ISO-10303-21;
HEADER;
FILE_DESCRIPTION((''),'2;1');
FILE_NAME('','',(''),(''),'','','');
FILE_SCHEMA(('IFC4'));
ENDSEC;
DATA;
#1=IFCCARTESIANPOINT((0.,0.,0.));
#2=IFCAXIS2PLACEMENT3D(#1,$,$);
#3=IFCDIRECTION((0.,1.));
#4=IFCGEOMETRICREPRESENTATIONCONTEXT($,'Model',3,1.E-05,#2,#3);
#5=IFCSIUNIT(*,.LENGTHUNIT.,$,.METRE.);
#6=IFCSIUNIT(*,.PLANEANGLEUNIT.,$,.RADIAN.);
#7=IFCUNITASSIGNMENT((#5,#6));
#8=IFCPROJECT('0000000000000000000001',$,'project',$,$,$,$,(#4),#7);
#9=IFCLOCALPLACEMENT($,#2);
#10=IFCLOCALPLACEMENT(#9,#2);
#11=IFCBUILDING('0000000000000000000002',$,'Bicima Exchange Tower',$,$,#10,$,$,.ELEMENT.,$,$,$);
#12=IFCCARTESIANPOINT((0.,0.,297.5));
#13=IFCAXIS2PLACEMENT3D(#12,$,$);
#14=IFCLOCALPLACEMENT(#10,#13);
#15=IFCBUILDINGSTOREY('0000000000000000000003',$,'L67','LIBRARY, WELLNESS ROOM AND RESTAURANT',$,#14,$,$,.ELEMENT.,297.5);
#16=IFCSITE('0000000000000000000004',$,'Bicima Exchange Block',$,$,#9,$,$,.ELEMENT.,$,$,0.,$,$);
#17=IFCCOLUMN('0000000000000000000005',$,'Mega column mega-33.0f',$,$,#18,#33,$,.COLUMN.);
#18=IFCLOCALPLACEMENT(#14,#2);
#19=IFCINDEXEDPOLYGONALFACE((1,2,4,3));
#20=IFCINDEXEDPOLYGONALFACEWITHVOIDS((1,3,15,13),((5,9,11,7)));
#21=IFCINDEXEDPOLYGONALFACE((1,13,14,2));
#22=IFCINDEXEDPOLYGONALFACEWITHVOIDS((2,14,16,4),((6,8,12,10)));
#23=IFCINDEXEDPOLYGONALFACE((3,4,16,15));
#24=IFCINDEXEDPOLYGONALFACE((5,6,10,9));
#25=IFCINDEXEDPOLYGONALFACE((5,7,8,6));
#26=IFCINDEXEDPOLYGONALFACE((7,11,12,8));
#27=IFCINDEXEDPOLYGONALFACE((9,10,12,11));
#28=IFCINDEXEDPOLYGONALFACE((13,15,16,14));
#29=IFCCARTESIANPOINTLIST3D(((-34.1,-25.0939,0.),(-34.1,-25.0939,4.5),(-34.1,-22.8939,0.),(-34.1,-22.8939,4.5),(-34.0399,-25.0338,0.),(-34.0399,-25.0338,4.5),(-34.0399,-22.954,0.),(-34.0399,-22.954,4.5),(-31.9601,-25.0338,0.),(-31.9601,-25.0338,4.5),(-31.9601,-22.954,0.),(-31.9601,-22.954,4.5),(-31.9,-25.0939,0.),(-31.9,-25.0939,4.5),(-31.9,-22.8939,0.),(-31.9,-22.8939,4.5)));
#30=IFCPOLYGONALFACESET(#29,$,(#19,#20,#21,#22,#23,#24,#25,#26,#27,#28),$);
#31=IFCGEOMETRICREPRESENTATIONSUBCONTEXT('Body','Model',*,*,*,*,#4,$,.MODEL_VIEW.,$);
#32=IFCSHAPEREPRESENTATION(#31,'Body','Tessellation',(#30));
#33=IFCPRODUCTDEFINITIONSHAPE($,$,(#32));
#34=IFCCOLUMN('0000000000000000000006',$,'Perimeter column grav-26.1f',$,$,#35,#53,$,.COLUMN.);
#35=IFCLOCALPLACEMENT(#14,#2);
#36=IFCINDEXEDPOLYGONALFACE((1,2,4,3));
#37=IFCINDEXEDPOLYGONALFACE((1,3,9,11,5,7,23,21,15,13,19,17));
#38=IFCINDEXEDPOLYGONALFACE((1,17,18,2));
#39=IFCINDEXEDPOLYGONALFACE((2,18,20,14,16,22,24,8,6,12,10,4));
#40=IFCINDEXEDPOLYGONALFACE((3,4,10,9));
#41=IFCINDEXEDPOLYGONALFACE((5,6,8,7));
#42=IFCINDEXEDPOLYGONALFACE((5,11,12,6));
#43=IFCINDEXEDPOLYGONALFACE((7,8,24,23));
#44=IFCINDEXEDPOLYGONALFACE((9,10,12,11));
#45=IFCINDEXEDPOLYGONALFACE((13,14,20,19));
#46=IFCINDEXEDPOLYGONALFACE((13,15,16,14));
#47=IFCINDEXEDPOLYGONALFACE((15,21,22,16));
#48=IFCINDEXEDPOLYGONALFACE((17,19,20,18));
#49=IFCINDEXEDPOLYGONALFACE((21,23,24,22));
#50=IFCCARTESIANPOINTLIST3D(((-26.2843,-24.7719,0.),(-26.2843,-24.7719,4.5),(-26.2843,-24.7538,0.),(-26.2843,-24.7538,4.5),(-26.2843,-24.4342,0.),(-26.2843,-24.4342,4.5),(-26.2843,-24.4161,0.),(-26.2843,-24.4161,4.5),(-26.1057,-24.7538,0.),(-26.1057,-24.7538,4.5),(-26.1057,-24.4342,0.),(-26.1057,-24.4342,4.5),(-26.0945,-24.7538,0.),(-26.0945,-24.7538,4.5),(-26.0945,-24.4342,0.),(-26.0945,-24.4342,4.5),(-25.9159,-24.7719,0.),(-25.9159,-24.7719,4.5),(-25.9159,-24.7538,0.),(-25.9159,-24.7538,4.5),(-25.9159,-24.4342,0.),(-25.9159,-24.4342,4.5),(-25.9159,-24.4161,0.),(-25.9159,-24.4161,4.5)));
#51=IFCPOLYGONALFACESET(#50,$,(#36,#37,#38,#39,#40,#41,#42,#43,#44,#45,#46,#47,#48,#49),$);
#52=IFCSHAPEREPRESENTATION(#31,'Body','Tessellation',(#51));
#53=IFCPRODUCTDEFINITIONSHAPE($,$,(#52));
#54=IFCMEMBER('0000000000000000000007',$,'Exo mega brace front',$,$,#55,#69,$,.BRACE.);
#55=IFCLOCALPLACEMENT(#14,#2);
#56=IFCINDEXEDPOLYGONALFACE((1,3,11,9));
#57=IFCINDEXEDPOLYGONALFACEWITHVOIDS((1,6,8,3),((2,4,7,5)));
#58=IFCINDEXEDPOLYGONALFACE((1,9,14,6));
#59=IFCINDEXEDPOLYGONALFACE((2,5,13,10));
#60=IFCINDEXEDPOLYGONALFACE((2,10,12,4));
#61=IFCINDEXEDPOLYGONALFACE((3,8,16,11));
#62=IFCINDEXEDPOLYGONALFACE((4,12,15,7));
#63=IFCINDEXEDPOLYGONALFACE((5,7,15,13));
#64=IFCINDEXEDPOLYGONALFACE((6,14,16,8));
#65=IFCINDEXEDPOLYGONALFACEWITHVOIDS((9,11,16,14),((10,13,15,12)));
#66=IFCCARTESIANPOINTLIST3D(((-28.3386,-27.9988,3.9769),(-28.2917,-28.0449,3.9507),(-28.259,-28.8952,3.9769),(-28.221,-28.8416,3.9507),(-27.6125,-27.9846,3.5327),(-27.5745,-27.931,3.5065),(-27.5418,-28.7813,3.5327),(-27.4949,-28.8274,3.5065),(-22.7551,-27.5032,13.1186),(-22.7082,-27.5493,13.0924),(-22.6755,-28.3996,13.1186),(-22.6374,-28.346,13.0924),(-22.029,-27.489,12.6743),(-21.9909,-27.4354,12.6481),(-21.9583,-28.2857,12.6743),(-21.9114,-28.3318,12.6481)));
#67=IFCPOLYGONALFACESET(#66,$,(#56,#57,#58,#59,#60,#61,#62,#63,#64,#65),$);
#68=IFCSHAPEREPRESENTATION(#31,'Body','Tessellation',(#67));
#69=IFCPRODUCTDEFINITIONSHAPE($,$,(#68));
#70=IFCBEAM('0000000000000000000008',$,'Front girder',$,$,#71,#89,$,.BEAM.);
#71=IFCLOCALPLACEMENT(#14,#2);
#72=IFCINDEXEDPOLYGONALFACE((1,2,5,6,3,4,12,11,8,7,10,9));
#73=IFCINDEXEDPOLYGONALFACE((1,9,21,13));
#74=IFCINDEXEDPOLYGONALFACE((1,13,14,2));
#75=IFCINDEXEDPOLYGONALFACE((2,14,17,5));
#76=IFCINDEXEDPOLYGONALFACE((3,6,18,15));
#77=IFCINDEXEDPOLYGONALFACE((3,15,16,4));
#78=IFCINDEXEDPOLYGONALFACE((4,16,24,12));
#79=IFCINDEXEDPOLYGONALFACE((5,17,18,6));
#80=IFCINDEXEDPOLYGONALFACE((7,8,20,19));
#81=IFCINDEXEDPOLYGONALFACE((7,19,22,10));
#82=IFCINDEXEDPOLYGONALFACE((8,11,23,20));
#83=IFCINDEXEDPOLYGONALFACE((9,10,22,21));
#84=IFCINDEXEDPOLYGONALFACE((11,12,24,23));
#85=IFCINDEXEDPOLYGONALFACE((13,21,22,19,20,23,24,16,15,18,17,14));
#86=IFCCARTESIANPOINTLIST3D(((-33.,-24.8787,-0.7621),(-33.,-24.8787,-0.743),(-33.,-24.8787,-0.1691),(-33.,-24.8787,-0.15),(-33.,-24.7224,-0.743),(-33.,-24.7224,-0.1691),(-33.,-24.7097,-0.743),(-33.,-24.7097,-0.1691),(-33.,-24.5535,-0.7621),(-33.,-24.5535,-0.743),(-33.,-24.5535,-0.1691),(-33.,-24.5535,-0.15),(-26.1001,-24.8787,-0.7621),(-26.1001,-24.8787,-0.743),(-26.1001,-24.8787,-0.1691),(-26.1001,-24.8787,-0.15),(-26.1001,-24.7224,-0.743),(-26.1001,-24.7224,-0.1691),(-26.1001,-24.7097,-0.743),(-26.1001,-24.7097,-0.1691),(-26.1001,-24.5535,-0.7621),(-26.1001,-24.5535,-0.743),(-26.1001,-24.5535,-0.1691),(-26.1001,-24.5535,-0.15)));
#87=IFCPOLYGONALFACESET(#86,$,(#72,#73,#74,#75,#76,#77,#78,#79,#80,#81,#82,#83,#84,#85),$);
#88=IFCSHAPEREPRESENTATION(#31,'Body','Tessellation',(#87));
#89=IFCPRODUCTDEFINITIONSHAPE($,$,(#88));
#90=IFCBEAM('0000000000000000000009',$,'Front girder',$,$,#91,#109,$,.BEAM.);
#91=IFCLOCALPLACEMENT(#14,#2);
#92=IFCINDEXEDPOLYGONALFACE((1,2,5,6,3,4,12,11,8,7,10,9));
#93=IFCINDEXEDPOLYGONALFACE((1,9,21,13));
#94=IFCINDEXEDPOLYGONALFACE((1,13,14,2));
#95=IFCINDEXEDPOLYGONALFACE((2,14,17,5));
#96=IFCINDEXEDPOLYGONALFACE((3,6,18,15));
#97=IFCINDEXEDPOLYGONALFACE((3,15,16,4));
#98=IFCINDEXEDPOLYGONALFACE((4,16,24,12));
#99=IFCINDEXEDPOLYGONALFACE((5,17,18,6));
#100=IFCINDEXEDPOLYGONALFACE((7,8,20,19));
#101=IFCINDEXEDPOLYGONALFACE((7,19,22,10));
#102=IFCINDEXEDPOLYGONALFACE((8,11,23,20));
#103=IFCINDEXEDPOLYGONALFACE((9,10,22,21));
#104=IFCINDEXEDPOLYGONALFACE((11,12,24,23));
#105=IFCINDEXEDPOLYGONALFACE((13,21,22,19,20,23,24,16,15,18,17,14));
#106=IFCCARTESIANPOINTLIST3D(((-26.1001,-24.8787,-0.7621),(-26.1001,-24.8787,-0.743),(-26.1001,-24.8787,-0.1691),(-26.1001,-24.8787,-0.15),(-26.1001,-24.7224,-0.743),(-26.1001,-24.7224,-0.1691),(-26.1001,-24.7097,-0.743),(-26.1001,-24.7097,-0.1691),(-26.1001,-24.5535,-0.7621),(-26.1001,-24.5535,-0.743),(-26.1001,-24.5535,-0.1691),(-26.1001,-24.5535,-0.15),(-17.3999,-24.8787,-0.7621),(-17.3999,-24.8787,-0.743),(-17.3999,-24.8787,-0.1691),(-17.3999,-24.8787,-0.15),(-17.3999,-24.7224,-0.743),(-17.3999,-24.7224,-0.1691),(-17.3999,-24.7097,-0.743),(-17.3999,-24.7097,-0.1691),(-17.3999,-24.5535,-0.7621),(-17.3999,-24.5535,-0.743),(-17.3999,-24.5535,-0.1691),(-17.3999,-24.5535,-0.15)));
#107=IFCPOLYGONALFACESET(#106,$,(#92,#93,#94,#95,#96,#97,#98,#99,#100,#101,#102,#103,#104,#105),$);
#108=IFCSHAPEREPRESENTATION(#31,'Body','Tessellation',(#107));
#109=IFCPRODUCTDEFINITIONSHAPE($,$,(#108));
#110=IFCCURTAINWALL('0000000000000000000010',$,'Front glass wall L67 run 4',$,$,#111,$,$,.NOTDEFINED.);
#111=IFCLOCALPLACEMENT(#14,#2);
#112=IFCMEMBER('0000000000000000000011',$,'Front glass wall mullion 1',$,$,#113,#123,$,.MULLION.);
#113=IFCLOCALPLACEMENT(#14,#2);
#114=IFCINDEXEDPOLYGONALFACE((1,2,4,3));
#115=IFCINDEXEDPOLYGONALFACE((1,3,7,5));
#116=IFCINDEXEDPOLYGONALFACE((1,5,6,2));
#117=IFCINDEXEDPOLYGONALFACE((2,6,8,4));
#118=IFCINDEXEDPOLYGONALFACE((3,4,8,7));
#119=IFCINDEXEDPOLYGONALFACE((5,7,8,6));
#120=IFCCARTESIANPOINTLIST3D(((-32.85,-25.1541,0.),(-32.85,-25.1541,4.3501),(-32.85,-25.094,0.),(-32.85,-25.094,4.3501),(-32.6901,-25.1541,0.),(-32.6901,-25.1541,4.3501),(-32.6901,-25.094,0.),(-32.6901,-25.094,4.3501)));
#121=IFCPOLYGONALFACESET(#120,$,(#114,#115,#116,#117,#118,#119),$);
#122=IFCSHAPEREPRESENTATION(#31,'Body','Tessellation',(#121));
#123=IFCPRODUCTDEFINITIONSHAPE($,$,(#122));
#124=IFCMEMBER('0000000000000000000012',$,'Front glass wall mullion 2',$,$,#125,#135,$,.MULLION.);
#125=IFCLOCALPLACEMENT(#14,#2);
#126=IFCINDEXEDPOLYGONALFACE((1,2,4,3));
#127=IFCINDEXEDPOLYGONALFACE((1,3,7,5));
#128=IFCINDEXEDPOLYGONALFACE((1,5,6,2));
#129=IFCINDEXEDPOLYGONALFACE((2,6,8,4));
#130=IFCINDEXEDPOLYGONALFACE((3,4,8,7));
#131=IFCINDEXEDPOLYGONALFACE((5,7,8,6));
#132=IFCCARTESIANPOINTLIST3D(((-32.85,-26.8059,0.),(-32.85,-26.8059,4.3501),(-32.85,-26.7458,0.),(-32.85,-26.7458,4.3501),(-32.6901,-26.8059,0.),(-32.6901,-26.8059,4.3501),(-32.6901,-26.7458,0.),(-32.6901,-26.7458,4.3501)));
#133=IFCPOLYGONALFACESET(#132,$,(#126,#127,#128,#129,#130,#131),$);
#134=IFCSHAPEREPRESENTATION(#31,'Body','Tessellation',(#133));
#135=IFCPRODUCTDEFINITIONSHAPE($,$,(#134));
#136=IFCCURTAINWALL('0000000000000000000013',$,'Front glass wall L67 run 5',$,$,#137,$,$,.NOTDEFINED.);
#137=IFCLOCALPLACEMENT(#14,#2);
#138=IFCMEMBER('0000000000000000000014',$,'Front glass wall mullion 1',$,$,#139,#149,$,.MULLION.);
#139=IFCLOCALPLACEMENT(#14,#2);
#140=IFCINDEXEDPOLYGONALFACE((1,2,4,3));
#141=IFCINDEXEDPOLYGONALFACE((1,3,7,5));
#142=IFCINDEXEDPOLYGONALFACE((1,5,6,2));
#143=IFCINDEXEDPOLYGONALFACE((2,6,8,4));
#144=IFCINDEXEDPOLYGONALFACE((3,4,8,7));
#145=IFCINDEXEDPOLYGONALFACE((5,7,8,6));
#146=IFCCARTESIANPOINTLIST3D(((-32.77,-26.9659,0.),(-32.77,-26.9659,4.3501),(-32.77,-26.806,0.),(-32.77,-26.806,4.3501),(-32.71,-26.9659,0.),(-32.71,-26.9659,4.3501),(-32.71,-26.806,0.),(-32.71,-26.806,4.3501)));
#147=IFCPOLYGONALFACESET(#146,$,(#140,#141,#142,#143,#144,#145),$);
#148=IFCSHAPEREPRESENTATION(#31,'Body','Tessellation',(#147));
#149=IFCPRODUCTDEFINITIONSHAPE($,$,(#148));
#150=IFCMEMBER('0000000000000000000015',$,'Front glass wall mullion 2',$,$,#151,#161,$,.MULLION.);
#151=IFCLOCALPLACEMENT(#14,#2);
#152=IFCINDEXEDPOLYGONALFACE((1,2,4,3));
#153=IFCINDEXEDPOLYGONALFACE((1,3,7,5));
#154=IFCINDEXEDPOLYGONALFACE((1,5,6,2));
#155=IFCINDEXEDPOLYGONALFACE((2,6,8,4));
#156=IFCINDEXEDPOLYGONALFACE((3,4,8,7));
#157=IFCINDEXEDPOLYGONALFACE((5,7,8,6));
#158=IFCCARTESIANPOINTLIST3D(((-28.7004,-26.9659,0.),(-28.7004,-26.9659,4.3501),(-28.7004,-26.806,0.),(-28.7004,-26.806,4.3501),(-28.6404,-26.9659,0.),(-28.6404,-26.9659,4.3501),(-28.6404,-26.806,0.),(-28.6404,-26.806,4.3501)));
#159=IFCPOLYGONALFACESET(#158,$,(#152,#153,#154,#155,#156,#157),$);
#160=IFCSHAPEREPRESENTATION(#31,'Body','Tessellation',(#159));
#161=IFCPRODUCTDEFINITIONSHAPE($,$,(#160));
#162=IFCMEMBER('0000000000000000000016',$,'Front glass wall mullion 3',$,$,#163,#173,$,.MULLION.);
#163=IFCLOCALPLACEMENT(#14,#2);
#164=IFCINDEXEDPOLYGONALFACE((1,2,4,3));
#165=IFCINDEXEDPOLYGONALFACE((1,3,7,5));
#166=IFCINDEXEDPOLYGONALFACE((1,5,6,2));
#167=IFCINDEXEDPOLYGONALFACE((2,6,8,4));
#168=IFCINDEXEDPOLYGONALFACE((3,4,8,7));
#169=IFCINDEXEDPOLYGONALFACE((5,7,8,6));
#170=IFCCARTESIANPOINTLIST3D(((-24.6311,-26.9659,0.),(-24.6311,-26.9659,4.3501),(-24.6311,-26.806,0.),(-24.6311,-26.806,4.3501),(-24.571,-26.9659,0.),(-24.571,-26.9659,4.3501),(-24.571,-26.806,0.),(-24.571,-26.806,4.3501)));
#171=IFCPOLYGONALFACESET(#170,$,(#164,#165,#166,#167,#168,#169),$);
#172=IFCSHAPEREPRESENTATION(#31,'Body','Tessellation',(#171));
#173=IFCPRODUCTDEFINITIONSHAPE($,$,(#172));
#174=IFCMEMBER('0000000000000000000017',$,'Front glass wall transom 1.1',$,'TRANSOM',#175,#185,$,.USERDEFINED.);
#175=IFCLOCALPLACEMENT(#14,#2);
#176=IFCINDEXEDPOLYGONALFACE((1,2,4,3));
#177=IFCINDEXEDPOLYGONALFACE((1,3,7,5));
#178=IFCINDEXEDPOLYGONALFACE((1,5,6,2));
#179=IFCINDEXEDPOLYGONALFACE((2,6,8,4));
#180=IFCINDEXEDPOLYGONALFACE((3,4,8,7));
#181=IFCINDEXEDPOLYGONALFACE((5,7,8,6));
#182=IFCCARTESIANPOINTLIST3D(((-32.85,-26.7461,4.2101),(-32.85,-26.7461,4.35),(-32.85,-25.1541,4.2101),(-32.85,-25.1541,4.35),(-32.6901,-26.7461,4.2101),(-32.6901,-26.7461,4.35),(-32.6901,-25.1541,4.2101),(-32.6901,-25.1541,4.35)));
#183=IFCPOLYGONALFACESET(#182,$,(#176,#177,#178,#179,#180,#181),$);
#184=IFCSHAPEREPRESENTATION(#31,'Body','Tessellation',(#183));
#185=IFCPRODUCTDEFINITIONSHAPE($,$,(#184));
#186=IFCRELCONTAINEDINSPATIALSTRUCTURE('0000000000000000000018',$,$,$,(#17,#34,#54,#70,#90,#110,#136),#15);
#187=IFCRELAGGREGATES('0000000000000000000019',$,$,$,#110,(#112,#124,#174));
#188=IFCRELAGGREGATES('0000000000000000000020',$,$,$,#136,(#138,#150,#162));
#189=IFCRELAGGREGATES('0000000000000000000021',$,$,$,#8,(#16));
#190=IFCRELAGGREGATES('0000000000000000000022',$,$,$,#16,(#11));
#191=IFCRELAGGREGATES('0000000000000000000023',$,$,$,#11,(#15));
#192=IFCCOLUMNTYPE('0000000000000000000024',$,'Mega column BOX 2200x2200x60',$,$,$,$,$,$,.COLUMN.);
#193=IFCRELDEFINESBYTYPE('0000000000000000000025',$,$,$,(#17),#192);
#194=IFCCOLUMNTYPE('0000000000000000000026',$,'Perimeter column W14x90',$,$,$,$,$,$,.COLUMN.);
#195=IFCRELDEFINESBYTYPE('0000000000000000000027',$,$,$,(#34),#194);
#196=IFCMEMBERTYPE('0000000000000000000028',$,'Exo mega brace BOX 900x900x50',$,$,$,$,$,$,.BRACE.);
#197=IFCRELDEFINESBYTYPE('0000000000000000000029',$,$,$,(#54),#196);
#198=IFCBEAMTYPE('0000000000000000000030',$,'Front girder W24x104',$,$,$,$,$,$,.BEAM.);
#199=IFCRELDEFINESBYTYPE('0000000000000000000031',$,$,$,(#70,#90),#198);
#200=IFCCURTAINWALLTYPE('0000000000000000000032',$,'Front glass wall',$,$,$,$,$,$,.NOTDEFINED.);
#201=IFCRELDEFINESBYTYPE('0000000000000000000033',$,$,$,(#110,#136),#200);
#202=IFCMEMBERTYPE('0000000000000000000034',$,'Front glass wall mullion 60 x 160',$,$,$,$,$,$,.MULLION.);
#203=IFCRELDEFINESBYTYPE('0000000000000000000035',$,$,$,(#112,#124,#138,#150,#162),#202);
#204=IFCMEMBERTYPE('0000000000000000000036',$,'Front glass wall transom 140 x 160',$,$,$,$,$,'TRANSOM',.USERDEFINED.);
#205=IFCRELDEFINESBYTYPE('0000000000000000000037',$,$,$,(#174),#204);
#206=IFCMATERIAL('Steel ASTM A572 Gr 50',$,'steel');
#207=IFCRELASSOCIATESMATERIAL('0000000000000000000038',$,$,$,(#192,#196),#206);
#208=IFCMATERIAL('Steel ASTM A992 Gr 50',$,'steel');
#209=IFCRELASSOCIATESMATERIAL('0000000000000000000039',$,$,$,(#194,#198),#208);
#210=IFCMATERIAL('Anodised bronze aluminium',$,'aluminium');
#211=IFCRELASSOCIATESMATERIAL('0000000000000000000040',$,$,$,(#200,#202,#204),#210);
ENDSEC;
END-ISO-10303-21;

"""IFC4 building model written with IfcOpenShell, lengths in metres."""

from ifc_helpers import new_model, si_unit, direction, frame, origin, origin_2d, place, context, subcontext, project, spatial, rectangle, hollow_rectangle, i_section, extrude, material, material_profile, profile_set, type_object, element, aggregate, save


model = new_model("IFC4")

# Units and contexts
model_context = context("Model", 3, precision=1e-05, world=origin(), true_north=direction((0.0, 1.0)))
body_context = subcontext(model_context, "Body", "Model", "MODEL_VIEW")
ifc_project = project(units=[si_unit("LENGTHUNIT", "METRE"), si_unit("PLANEANGLEUNIT", "RADIAN")], contexts=[model_context])

# Site, building, storey
site_placement = place(None, origin())
site = spatial("IfcSite", under=ifc_project, at=site_placement, Name="Bicima Exchange Block", CompositionType="ELEMENT", RefElevation=0.0)
building_placement = place(site_placement, origin())
building = spatial("IfcBuilding", under=site, at=building_placement, Name="Bicima Exchange Tower", CompositionType="ELEMENT")
storey_placement = place(building_placement, frame((0.0, 0.0, 297.5)))
storey = spatial("IfcBuildingStorey", under=building, at=storey_placement, Name="L67", Description="LIBRARY, WELLNESS ROOM AND RESTAURANT", CompositionType="ELEMENT", Elevation=297.5)

# Columns
ifc_material_1 = material(Name="Steel ASTM A572 Gr 50", Category="steel")
ifc_material_profile_1 = material_profile(ifc_material_1, hollow_rectangle(XDim=2.2, YDim=2.2, WallThickness=0.0601, at=origin_2d()))
ifc_profile_set_1 = profile_set([ifc_material_profile_1], Name="Steel ASTM A572 Gr 50")
column_type_1 = type_object("IfcColumnType", Name="Mega column BOX 2200x2200x60", PredefinedType="COLUMN", material=ifc_profile_set_1)
column_1_placement = place(storey_placement, frame((-33.0, -23.9939, 0.0), z_axis=(0.0, 0.0, 1.0), x_axis=(1.0, 0.0, 0.0)))
element("IfcColumn", 1, at=column_1_placement, inside=storey, type_object=column_type_1, Name="Mega column mega-33.0f", PredefinedType="COLUMN", context=body_context, shape_type="SweptSolid", body=[
    extrude(hollow_rectangle(XDim=2.2, YDim=2.2, WallThickness=0.0601, at=origin_2d()), origin(), (0.0, 0.0, 1.0), 4.5),
])
ifc_material_2 = material(Name="Steel ASTM A992 Gr 50", Category="steel")
ifc_material_profile_2 = material_profile(ifc_material_2, i_section(OverallWidth=0.3684, OverallDepth=0.3557, WebThickness=0.0112, FlangeThickness=0.0181, at=origin_2d()))
ifc_profile_set_2 = profile_set([ifc_material_profile_2], Name="Steel ASTM A992 Gr 50")
column_type_2 = type_object("IfcColumnType", Name="Perimeter column W14x90", PredefinedType="COLUMN", material=ifc_profile_set_2)
column_2_placement = place(storey_placement, frame((-26.1001, -24.594, 0.0), z_axis=(0.0, 0.0, 1.0), x_axis=(1.0, 0.0, 0.0)))
element("IfcColumn", 2, at=column_2_placement, inside=storey, type_object=column_type_2, Name="Perimeter column grav-26.1f", PredefinedType="COLUMN", context=body_context, shape_type="SweptSolid", body=[
    extrude(i_section(OverallWidth=0.3684, OverallDepth=0.3557, WebThickness=0.0112, FlangeThickness=0.0181, at=origin_2d()), origin(), (0.0, 0.0, 1.0), 4.5),
])

# Member
ifc_material_profile_3 = material_profile(ifc_material_1, hollow_rectangle(XDim=0.8999, YDim=0.8999, WallThickness=0.05, at=origin_2d()))
ifc_profile_set_3 = profile_set([ifc_material_profile_3], Name="Steel ASTM A572 Gr 50")
member_type_1 = type_object("IfcMemberType", Name="Exo mega brace BOX 900x900x50", PredefinedType="BRACE", material=ifc_profile_set_3)
member_1_placement = place(storey_placement, frame((-27.9167, -28.4131, 3.7417), z_axis=(0.520686, 0.046217, 0.852496), x_axis=(-0.088415, 0.996084, 0.0)))
element("IfcMember", 3, at=member_1_placement, inside=storey, type_object=member_type_1, Name="Exo mega brace front", PredefinedType="BRACE", context=body_context, shape_type="SweptSolid", body=[
    extrude(hollow_rectangle(XDim=0.8999, YDim=0.8999, WallThickness=0.05, at=origin_2d()), origin(), (0.0, 0.0, 1.0), 10.7234),
])

# Beams
ifc_material_profile_4 = material_profile(ifc_material_2, i_section(OverallWidth=0.3252, OverallDepth=0.6121, WebThickness=0.0127, FlangeThickness=0.019, at=origin_2d()))
ifc_profile_set_4 = profile_set([ifc_material_profile_4], Name="Steel ASTM A992 Gr 50")
beam_type = type_object("IfcBeamType", Name="Front girder W24x104", PredefinedType="BEAM", material=ifc_profile_set_4)
beam_1_placement = place(storey_placement, frame((-33.0, -24.7161, -0.4561), z_axis=(1.0, 0.0, 0.0), x_axis=(0.0, 1.0, 0.0)))
element("IfcBeam", 4, at=beam_1_placement, inside=storey, type_object=beam_type, Name="Front girder", PredefinedType="BEAM", context=body_context, shape_type="SweptSolid", body=[
    extrude(i_section(OverallWidth=0.3252, OverallDepth=0.6121, WebThickness=0.0127, FlangeThickness=0.019, at=origin_2d()), origin(), (0.0, 0.0, 1.0), 6.8999),
])
beam_2_placement = place(storey_placement, frame((-26.1001, -24.7161, -0.4561), z_axis=(1.0, 0.0, 0.0), x_axis=(0.0, 1.0, 0.0)))
element("IfcBeam", 5, at=beam_2_placement, inside=storey, type_object=beam_type, Name="Front girder", PredefinedType="BEAM", context=body_context, shape_type="SweptSolid", body=[
    extrude(i_section(OverallWidth=0.3252, OverallDepth=0.6121, WebThickness=0.0127, FlangeThickness=0.019, at=origin_2d()), origin(), (0.0, 0.0, 1.0), 8.7002),
])

# Curtain walls, members
ifc_material_3 = material(Name="Anodised bronze aluminium", Category="aluminium")
curtain_wall_type = type_object("IfcCurtainWallType", Name="Front glass wall", PredefinedType="NOTDEFINED", material=ifc_material_3)
curtain_wall_1_placement = place(storey_placement, origin())
curtain_wall_1 = element("IfcCurtainWall", 6, at=curtain_wall_1_placement, inside=storey, type_object=curtain_wall_type, Name="Front glass wall L67 run 4", PredefinedType="NOTDEFINED")
ifc_material_profile_5 = material_profile(ifc_material_3, rectangle(XDim=0.1599, YDim=0.0601, at=origin_2d()))
ifc_profile_set_5 = profile_set([ifc_material_profile_5], Name="Anodised bronze aluminium")
member_type_2 = type_object("IfcMemberType", Name="Front glass wall mullion 60 x 160", PredefinedType="MULLION", material=ifc_profile_set_5)
member_2_placement = place(storey_placement, frame((-32.77, -25.124, 0.0), z_axis=(0.0, 0.0, 1.0), x_axis=(1.0, 0.0, 0.0)))
member_2 = element("IfcMember", 7, at=member_2_placement, type_object=member_type_2, Name="Front glass wall mullion 1", PredefinedType="MULLION", context=body_context, shape_type="SweptSolid", body=[
    extrude(rectangle(XDim=0.1599, YDim=0.0601, at=origin_2d()), origin(), (0.0, 0.0, 1.0), 4.3501),
])
member_3_placement = place(storey_placement, frame((-32.77, -26.7759, 0.0), z_axis=(0.0, 0.0, 1.0), x_axis=(1.0, 0.0, 0.0)))
member_3 = element("IfcMember", 8, at=member_3_placement, type_object=member_type_2, Name="Front glass wall mullion 2", PredefinedType="MULLION", context=body_context, shape_type="SweptSolid", body=[
    extrude(rectangle(XDim=0.1599, YDim=0.0601, at=origin_2d()), origin(), (0.0, 0.0, 1.0), 4.3501),
])
curtain_wall_2_placement = place(storey_placement, origin())
curtain_wall_2 = element("IfcCurtainWall", 9, at=curtain_wall_2_placement, inside=storey, type_object=curtain_wall_type, Name="Front glass wall L67 run 5", PredefinedType="NOTDEFINED")
member_4_placement = place(storey_placement, frame((-32.74, -26.886, 0.0), z_axis=(0.0, 0.0, 1.0), x_axis=(0.0, 1.0, 0.0)))
member_4 = element("IfcMember", 10, at=member_4_placement, type_object=member_type_2, Name="Front glass wall mullion 1", PredefinedType="MULLION", context=body_context, shape_type="SweptSolid", body=[
    extrude(rectangle(XDim=0.1599, YDim=0.0601, at=origin_2d()), origin(), (0.0, 0.0, 1.0), 4.3501),
])
member_5_placement = place(storey_placement, frame((-28.6704, -26.886, 0.0), z_axis=(0.0, 0.0, 1.0), x_axis=(0.0, 1.0, 0.0)))
member_5 = element("IfcMember", 11, at=member_5_placement, type_object=member_type_2, Name="Front glass wall mullion 2", PredefinedType="MULLION", context=body_context, shape_type="SweptSolid", body=[
    extrude(rectangle(XDim=0.1599, YDim=0.0601, at=origin_2d()), origin(), (0.0, 0.0, 1.0), 4.3501),
])
member_6_placement = place(storey_placement, frame((-24.6011, -26.886, 0.0), z_axis=(0.0, 0.0, 1.0), x_axis=(0.0, 1.0, 0.0)))
member_6 = element("IfcMember", 12, at=member_6_placement, type_object=member_type_2, Name="Front glass wall mullion 3", PredefinedType="MULLION", context=body_context, shape_type="SweptSolid", body=[
    extrude(rectangle(XDim=0.1599, YDim=0.0601, at=origin_2d()), origin(), (0.0, 0.0, 1.0), 4.3501),
])

# Member
ifc_material_profile_6 = material_profile(ifc_material_3, rectangle(XDim=0.1599, YDim=0.1399, at=origin_2d()))
ifc_profile_set_6 = profile_set([ifc_material_profile_6], Name="Anodised bronze aluminium")
member_type_3 = type_object("IfcMemberType", Name="Front glass wall transom 140 x 160", ElementType="TRANSOM", PredefinedType="USERDEFINED", material=ifc_profile_set_6)
member_7_placement = place(storey_placement, frame((-32.77, -25.1541, 4.28), z_axis=(0.0, -1.0, 0.0), x_axis=(1.0, 0.0, 0.0)))
member_7 = element("IfcMember", 13, at=member_7_placement, type_object=member_type_3, Name="Front glass wall transom 1.1", ObjectType="TRANSOM", PredefinedType="USERDEFINED", context=body_context, shape_type="SweptSolid", body=[
    extrude(rectangle(XDim=0.1599, YDim=0.1399, at=origin_2d()), origin(), (0.0, 0.0, 1.0), 1.592),
])

aggregate(curtain_wall_1, [member_2, member_3, member_7])
aggregate(curtain_wall_2, [member_4, member_5, member_6])

save(model, "model.ifc")
